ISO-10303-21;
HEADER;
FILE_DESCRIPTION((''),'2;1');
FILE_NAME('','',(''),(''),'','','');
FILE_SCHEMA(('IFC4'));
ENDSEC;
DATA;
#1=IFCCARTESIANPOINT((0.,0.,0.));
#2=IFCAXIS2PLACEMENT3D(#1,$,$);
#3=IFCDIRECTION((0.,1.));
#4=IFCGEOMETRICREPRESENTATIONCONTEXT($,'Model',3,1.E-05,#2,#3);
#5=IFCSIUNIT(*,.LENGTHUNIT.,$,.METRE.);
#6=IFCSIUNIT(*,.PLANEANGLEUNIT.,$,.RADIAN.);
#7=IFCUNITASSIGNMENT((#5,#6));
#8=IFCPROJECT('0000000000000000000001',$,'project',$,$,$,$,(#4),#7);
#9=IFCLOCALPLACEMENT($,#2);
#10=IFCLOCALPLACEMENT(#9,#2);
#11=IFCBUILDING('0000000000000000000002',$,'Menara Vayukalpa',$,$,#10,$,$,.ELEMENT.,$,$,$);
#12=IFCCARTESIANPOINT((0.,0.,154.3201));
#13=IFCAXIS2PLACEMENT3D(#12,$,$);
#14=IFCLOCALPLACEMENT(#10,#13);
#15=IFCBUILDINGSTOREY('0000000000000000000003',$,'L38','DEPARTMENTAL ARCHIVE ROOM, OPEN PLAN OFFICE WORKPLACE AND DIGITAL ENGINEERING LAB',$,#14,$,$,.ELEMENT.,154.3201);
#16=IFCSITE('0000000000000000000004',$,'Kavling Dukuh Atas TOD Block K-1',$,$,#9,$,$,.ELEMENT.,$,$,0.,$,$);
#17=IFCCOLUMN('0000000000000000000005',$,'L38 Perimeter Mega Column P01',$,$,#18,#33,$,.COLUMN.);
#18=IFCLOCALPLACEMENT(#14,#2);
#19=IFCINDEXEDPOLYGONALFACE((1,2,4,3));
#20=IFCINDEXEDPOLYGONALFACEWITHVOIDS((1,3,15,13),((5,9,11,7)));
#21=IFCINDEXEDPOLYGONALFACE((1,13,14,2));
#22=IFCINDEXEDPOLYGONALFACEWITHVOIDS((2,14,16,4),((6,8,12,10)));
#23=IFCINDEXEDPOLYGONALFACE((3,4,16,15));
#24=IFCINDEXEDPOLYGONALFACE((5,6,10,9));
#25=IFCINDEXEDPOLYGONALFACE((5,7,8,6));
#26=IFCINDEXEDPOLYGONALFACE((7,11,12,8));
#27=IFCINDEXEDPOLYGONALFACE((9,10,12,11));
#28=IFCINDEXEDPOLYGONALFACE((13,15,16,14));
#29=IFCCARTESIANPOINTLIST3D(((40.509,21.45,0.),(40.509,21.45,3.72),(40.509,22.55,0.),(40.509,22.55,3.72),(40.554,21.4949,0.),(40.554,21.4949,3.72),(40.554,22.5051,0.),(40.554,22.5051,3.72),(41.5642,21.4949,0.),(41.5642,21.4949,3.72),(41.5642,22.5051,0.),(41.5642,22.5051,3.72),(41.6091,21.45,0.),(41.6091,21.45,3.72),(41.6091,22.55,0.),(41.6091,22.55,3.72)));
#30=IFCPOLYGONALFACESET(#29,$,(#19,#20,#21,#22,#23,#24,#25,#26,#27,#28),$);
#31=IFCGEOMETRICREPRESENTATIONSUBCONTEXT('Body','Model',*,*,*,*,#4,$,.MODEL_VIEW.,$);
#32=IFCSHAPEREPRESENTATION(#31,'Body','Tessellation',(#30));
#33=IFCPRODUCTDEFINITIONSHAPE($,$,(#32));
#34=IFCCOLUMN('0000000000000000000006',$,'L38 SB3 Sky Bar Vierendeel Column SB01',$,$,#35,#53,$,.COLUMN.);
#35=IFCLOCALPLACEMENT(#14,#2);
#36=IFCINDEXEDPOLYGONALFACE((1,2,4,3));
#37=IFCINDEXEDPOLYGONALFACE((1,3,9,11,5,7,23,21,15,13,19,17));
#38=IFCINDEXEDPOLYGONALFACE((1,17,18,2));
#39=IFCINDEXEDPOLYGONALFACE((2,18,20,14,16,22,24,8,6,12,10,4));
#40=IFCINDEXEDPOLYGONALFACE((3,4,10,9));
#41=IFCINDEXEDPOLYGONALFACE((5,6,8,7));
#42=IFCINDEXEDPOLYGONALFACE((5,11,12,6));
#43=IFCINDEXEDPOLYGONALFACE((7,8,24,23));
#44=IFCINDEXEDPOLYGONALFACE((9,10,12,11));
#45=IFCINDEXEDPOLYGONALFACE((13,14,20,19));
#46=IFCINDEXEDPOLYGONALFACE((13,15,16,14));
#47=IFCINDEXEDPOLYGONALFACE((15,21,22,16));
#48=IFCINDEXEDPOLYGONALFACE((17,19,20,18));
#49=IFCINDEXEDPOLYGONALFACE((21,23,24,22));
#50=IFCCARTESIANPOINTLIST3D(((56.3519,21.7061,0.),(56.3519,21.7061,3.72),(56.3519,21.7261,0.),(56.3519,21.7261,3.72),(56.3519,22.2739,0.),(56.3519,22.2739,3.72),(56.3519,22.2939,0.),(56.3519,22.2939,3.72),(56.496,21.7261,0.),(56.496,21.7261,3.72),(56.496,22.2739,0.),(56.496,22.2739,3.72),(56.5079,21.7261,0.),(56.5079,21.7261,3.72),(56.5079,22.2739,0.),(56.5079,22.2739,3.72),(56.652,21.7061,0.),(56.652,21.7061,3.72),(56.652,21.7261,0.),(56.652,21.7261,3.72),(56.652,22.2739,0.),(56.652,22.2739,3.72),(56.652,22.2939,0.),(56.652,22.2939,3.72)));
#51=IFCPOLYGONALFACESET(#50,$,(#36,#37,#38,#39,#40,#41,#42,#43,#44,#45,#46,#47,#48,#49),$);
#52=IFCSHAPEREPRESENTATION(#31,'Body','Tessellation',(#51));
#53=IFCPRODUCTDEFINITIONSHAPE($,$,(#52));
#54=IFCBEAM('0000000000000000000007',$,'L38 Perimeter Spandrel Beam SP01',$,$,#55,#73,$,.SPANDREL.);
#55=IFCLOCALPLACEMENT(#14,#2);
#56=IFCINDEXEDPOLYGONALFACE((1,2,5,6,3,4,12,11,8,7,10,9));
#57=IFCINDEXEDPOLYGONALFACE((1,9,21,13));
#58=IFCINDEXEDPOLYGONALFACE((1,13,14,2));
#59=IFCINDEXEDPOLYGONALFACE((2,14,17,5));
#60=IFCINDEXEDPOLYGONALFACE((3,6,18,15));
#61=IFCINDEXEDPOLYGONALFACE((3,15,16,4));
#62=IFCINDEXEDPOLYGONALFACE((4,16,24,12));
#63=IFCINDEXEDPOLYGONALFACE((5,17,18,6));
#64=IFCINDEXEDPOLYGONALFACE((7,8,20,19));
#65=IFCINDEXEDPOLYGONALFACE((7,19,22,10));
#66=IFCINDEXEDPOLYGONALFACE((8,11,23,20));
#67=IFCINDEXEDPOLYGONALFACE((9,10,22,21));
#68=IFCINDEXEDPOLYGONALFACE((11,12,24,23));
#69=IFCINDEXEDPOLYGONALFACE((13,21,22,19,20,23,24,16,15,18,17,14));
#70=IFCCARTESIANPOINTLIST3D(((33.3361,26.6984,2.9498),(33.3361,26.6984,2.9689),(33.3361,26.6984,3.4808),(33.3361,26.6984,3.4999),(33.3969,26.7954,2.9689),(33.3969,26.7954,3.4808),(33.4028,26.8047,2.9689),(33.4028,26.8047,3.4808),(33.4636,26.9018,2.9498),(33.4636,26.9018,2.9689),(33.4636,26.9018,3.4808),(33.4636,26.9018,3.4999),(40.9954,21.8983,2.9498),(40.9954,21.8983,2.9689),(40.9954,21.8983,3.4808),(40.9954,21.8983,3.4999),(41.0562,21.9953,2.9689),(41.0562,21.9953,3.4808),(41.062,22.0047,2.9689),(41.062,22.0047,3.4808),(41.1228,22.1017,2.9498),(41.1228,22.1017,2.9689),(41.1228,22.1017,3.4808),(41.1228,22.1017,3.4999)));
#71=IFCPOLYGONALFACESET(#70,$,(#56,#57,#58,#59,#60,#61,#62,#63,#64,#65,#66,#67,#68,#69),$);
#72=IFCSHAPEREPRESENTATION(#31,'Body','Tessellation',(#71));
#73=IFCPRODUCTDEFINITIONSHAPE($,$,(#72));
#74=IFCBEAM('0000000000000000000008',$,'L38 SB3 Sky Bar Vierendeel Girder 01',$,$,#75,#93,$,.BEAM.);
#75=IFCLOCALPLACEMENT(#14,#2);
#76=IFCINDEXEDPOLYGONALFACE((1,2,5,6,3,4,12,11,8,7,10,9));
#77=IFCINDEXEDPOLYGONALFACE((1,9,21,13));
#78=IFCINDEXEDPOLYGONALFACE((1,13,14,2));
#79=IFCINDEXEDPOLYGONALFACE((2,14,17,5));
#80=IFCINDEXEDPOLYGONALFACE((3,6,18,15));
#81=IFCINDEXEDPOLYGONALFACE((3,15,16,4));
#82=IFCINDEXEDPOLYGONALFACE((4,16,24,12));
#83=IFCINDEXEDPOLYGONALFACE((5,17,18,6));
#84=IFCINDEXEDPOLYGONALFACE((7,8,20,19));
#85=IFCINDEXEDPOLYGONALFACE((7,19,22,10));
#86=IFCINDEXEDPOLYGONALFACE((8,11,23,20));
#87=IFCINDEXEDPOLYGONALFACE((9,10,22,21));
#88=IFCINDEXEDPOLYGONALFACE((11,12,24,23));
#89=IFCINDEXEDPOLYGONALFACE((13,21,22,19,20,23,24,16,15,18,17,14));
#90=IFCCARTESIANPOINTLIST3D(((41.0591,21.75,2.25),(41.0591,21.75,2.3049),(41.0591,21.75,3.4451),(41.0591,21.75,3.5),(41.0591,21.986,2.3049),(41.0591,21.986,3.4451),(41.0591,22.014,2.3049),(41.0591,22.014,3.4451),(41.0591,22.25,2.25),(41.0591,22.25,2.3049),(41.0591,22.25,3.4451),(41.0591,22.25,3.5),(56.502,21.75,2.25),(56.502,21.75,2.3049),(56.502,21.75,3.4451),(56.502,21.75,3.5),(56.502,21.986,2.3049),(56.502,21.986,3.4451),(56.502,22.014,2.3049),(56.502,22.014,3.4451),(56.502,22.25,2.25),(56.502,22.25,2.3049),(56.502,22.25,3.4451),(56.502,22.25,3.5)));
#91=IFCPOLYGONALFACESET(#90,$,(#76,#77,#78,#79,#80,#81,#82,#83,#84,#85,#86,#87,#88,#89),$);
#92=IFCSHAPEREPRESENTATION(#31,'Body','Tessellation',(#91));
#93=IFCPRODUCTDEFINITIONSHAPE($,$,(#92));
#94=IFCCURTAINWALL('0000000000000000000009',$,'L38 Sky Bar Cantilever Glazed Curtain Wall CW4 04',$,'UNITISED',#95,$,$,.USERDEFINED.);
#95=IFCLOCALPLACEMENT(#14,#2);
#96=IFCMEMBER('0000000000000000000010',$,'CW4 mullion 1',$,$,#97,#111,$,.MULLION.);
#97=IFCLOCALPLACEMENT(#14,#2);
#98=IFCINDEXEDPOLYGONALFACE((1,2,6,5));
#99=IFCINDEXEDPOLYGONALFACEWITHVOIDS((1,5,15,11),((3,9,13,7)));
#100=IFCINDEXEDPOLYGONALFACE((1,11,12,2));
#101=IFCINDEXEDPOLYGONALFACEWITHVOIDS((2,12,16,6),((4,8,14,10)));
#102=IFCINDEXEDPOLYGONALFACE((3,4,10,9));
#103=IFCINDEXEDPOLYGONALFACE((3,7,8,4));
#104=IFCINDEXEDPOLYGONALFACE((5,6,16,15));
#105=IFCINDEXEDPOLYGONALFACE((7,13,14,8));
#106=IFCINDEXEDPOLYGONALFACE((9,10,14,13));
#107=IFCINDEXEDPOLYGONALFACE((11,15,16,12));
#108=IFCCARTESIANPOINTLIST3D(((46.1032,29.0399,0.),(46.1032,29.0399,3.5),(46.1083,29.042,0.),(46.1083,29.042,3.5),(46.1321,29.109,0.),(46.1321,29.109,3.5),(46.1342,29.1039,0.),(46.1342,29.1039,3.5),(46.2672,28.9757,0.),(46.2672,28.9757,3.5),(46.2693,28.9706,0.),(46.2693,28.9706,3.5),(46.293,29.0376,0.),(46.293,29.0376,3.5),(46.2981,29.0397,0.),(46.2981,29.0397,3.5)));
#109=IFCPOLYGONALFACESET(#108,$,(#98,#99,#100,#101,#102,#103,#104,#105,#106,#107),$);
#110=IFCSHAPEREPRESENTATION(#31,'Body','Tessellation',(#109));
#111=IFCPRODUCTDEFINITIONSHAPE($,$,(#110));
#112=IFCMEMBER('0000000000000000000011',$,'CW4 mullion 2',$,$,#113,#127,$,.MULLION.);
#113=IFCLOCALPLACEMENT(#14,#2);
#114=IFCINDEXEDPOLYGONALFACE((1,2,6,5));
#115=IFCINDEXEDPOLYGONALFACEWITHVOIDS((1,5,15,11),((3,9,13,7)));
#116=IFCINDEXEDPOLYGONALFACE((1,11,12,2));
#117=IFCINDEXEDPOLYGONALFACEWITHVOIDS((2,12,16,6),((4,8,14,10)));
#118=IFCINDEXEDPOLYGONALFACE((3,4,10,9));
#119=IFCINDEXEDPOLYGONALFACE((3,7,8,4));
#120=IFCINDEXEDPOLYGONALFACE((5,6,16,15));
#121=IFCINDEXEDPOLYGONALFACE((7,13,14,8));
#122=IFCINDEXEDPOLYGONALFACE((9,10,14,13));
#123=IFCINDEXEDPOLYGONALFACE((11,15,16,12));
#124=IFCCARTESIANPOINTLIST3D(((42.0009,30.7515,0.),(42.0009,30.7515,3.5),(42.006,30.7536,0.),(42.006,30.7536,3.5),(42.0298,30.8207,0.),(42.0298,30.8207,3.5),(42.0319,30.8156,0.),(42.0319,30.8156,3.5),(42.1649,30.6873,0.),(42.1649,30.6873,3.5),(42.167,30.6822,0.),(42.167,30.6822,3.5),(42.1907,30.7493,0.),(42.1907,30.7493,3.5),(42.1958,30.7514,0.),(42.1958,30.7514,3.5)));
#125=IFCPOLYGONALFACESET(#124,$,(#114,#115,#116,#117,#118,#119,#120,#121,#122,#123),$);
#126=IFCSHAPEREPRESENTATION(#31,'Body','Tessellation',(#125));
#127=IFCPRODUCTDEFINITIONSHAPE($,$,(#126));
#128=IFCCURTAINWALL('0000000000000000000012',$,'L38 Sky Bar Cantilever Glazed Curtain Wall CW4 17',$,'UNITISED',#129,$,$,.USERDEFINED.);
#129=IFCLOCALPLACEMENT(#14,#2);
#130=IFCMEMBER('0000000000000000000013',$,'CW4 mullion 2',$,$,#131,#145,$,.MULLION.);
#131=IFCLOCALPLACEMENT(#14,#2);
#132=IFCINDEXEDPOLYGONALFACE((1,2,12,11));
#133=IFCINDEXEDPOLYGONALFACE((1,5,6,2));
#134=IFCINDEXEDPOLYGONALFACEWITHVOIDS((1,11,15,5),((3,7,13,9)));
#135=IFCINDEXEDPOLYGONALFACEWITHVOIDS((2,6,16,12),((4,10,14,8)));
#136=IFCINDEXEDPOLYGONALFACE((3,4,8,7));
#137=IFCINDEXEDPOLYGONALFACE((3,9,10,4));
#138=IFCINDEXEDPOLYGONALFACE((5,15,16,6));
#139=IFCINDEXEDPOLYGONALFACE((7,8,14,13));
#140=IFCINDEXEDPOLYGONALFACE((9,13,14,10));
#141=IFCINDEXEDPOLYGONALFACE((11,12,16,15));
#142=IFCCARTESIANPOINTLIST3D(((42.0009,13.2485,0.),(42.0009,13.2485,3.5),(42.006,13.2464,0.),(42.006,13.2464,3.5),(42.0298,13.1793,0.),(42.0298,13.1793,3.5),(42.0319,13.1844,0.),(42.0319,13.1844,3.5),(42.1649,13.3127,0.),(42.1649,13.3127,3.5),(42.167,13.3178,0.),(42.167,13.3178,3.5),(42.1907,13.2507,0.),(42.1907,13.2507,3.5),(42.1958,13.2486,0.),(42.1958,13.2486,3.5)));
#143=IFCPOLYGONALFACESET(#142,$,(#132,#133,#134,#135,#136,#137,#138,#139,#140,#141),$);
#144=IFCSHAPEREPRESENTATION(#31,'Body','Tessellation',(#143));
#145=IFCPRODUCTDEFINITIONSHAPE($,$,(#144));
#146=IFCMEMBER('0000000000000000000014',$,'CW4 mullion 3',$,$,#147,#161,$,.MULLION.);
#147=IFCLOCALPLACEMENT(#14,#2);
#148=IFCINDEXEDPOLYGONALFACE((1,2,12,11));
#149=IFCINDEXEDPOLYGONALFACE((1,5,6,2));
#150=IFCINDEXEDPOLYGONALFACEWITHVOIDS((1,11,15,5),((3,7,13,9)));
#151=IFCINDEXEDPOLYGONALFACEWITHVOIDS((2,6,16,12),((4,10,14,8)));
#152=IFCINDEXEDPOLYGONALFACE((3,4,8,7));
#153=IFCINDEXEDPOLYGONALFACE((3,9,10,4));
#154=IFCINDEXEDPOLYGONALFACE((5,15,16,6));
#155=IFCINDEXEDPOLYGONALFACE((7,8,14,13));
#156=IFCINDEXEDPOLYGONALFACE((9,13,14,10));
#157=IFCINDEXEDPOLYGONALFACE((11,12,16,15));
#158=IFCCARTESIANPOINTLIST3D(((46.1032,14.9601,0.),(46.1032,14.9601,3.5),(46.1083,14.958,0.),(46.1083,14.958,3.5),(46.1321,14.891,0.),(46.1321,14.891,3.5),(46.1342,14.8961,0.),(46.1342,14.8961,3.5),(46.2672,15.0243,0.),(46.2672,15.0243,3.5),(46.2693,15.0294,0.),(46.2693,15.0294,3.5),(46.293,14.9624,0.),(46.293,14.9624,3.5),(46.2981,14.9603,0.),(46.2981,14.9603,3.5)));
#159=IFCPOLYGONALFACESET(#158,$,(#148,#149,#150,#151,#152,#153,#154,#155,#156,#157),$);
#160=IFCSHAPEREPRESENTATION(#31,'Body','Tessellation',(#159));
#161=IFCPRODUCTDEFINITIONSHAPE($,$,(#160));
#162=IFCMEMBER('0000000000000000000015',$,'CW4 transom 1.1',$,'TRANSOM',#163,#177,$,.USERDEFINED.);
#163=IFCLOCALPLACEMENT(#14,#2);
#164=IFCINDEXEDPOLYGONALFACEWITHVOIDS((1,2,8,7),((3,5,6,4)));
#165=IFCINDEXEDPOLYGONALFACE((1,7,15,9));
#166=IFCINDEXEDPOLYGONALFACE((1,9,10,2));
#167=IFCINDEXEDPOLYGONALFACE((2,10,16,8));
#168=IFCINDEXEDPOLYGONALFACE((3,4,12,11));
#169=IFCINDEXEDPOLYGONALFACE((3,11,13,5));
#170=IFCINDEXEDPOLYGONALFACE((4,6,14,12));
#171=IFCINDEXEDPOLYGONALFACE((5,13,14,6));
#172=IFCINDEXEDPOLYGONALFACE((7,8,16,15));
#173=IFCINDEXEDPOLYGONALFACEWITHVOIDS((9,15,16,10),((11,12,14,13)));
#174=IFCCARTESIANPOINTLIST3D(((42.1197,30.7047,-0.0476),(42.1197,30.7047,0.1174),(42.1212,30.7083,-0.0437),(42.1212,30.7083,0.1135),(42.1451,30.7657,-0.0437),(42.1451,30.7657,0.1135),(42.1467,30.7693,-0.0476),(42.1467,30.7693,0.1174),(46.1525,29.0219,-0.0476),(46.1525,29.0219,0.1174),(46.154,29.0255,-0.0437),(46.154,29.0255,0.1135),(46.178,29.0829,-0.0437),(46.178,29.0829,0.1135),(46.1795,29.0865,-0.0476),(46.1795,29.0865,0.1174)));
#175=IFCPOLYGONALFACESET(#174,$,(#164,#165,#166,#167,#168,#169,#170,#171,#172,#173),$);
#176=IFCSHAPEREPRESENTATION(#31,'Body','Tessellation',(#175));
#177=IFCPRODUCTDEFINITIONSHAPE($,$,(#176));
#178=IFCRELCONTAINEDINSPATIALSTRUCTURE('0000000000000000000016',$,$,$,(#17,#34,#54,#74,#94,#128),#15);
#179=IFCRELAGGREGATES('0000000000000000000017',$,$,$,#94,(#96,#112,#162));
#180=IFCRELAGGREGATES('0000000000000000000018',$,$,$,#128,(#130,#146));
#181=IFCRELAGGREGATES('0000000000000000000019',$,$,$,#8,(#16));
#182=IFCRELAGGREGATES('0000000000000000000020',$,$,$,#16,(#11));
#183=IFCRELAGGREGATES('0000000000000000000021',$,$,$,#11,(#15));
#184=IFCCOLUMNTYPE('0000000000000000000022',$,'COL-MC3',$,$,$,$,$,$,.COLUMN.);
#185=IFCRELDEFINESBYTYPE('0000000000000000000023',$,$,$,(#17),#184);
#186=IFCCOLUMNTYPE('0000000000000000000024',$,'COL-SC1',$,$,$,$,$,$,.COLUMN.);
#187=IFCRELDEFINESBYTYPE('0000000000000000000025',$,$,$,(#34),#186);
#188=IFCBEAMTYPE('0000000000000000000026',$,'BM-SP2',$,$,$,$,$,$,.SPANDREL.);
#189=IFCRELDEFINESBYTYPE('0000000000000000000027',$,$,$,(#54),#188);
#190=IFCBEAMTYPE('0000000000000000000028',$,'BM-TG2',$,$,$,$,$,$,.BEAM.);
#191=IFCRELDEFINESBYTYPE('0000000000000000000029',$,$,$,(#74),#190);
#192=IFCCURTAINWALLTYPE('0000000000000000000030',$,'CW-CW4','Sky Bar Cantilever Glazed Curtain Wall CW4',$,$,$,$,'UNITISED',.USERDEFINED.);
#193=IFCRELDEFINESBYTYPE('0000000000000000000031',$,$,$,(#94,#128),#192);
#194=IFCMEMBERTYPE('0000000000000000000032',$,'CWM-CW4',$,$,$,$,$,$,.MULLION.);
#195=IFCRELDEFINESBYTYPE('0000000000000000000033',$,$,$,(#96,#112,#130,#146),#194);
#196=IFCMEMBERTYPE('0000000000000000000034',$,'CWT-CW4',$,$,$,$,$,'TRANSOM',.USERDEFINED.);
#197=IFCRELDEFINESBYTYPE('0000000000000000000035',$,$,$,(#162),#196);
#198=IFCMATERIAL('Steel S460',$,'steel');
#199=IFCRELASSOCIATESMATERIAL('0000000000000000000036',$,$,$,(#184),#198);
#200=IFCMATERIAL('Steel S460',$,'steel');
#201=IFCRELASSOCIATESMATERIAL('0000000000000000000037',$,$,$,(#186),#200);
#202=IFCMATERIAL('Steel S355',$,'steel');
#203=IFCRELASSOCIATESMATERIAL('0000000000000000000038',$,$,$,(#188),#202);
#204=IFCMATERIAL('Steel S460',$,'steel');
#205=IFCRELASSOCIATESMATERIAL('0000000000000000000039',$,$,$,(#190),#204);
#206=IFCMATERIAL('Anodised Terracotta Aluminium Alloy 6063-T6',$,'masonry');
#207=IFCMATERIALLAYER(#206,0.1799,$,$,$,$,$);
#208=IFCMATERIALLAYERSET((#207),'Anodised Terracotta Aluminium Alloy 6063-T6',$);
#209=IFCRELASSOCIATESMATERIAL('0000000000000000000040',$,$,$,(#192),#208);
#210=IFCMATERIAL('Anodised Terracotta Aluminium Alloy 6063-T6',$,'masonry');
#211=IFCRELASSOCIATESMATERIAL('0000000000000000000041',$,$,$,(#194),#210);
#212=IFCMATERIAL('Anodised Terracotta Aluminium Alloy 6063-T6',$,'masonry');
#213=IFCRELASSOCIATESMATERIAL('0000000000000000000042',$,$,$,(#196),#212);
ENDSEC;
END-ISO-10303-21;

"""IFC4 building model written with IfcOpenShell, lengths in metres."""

from ifc_helpers import new_model, si_unit, direction, frame, origin, origin_2d, place, context, subcontext, project, spatial, hollow_rectangle, i_section, extrude, material, layer, layer_set, material_profile, profile_set, type_object, element, aggregate, save


model = new_model("IFC4")

# Units and contexts
model_context = context("Model", 3, precision=1e-05, world=origin(), true_north=direction((0.0, 1.0)))
body_context = subcontext(model_context, "Body", "Model", "MODEL_VIEW")
ifc_project = project(units=[si_unit("LENGTHUNIT", "METRE"), si_unit("PLANEANGLEUNIT", "RADIAN")], contexts=[model_context])

# Site, building, storey
site_placement = place(None, origin())
site = spatial("IfcSite", under=ifc_project, at=site_placement, Name="Kavling Dukuh Atas TOD Block K-1", CompositionType="ELEMENT", RefElevation=0.0)
building_placement = place(site_placement, origin())
building = spatial("IfcBuilding", under=site, at=building_placement, Name="Menara Vayukalpa", CompositionType="ELEMENT")
storey_placement = place(building_placement, frame((0.0, 0.0, 154.3201)))
storey = spatial("IfcBuildingStorey", under=building, at=storey_placement, Name="L38", Description="DEPARTMENTAL ARCHIVE ROOM, OPEN PLAN OFFICE WORKPLACE AND DIGITAL ENGINEERING LAB", CompositionType="ELEMENT", Elevation=154.3201)

# Columns
ifc_material_1 = material(Name="Steel S460", Category="steel")
ifc_material_profile_1 = material_profile(ifc_material_1, hollow_rectangle(XDim=1.1001, YDim=1.1001, WallThickness=0.0449, at=origin_2d()), Name="BOX 1100x1100x45")
ifc_profile_set_1 = profile_set([ifc_material_profile_1], Name="Steel S460")
column_type_1 = type_object("IfcColumnType", Name="COL-MC3", PredefinedType="COLUMN", material=ifc_profile_set_1)
column_1_placement = place(storey_placement, frame((41.0591, 22.0, 0.0), z_axis=(0.0, 0.0, 1.0), x_axis=(1.0, 0.0, 0.0)))
element("IfcColumn", 1, at=column_1_placement, inside=storey, type_object=column_type_1, Name="L38 Perimeter Mega Column P01", PredefinedType="COLUMN", context=body_context, shape_type="SweptSolid", body=[
    extrude(hollow_rectangle(XDim=1.1001, YDim=1.1001, WallThickness=0.0449, at=origin_2d()), origin(), (0.0, 0.0, 1.0), 3.72),
])
ifc_material_2 = material(Name="Steel S460", Category="steel")
ifc_material_profile_2 = material_profile(ifc_material_2, i_section(OverallWidth=0.3, OverallDepth=0.5879, WebThickness=0.012, FlangeThickness=0.02, at=origin_2d()), Name="H 588x300x12x20")
ifc_profile_set_2 = profile_set([ifc_material_profile_2], Name="Steel S460")
column_type_2 = type_object("IfcColumnType", Name="COL-SC1", PredefinedType="COLUMN", material=ifc_profile_set_2)
column_2_placement = place(storey_placement, frame((56.502, 22.0, 0.0), z_axis=(0.0, 0.0, 1.0), x_axis=(1.0, 0.0, 0.0)))
element("IfcColumn", 2, at=column_2_placement, inside=storey, type_object=column_type_2, Name="L38 SB3 Sky Bar Vierendeel Column SB01", PredefinedType="COLUMN", context=body_context, shape_type="SweptSolid", body=[
    extrude(i_section(OverallWidth=0.3, OverallDepth=0.5879, WebThickness=0.012, FlangeThickness=0.02, at=origin_2d()), origin(), (0.0, 0.0, 1.0), 3.72),
])

# Beams
ifc_material_3 = material(Name="Steel S355", Category="steel")
ifc_material_profile_3 = material_profile(ifc_material_3, i_section(OverallWidth=0.24, OverallDepth=0.55, WebThickness=0.011, FlangeThickness=0.019, at=origin_2d()), Name="WF 550x240x11x19")
ifc_profile_set_3 = profile_set([ifc_material_profile_3], Name="Steel S355")
beam_type_1 = type_object("IfcBeamType", Name="BM-SP2", PredefinedType="SPANDREL", material=ifc_profile_set_3)
beam_1_placement = place(storey_placement, frame((41.0591, 22.0, 3.2249), z_axis=(-0.847348, 0.531038, 0.0), x_axis=(-0.531038, -0.847348, 0.0)))
element("IfcBeam", 3, at=beam_1_placement, inside=storey, type_object=beam_type_1, Name="L38 Perimeter Spandrel Beam SP01", PredefinedType="SPANDREL", context=body_context, shape_type="SweptSolid", body=[
    extrude(i_section(OverallWidth=0.24, OverallDepth=0.55, WebThickness=0.011, FlangeThickness=0.019, at=origin_2d()), origin(), (0.0, 0.0, 1.0), 9.0391),
])
ifc_material_4 = material(Name="Steel S460", Category="steel")
ifc_material_profile_4 = material_profile(ifc_material_4, i_section(OverallWidth=0.5, OverallDepth=1.25, WebThickness=0.0281, FlangeThickness=0.0549, at=origin_2d()), Name="WG 1250x500x28x55")
ifc_profile_set_4 = profile_set([ifc_material_profile_4], Name="Steel S460")
beam_type_2 = type_object("IfcBeamType", Name="BM-TG2", PredefinedType="BEAM", material=ifc_profile_set_4)
beam_2_placement = place(storey_placement, frame((41.0591, 22.0, 2.875), z_axis=(1.0, 0.0, 0.0), x_axis=(0.0, 1.0, 0.0)))
element("IfcBeam", 4, at=beam_2_placement, inside=storey, type_object=beam_type_2, Name="L38 SB3 Sky Bar Vierendeel Girder 01", PredefinedType="BEAM", context=body_context, shape_type="SweptSolid", body=[
    extrude(i_section(OverallWidth=0.5, OverallDepth=1.25, WebThickness=0.0281, FlangeThickness=0.0549, at=origin_2d()), origin(), (0.0, 0.0, 1.0), 15.4429),
])

# Curtain walls, members
ifc_material_5 = material(Name="Anodised Terracotta Aluminium Alloy 6063-T6", Category="masonry")
ifc_layer_1 = layer(ifc_material_5, 0.1799)
ifc_layer_set_1 = layer_set([ifc_layer_1], Name="Anodised Terracotta Aluminium Alloy 6063-T6")
curtain_wall_type = type_object("IfcCurtainWallType", Name="CW-CW4", Description="Sky Bar Cantilever Glazed Curtain Wall CW4", ElementType="UNITISED", PredefinedType="USERDEFINED", material=ifc_layer_set_1)
curtain_wall_1_placement = place(storey_placement, origin())
curtain_wall_1 = element("IfcCurtainWall", 5, at=curtain_wall_1_placement, inside=storey, type_object=curtain_wall_type, Name="L38 Sky Bar Cantilever Glazed Curtain Wall CW4 04", ObjectType="UNITISED", PredefinedType="USERDEFINED")
ifc_material_6 = material(Name="Anodised Terracotta Aluminium Alloy 6063-T6", Category="masonry")
ifc_material_profile_5 = material_profile(ifc_material_6, hollow_rectangle(XDim=0.075, YDim=0.1799, WallThickness=0.0039, at=origin_2d()), Name="ALU 75x180x4")
ifc_profile_set_5 = profile_set([ifc_material_profile_5], Name="Anodised Terracotta Aluminium Alloy 6063-T6")
member_type_1 = type_object("IfcMemberType", Name="CWM-CW4", PredefinedType="MULLION", material=ifc_profile_set_5)
member_1_placement = place(storey_placement, frame((46.2007, 29.0398, 0.0), z_axis=(0.0, 0.0, 1.0), x_axis=(-0.385091, -0.922878, 0.0)))
member_1 = element("IfcMember", 6, at=member_1_placement, type_object=member_type_1, Name="CW4 mullion 1", PredefinedType="MULLION", context=body_context, shape_type="SweptSolid", body=[
    extrude(hollow_rectangle(XDim=0.075, YDim=0.1799, WallThickness=0.0039, at=origin_2d()), origin(), (0.0, 0.0, 1.0), 3.5),
])
member_2_placement = place(storey_placement, frame((42.0984, 30.7515, 0.0), z_axis=(0.0, 0.0, 1.0), x_axis=(-0.385091, -0.922878, 0.0)))
member_2 = element("IfcMember", 7, at=member_2_placement, type_object=member_type_1, Name="CW4 mullion 2", PredefinedType="MULLION", context=body_context, shape_type="SweptSolid", body=[
    extrude(hollow_rectangle(XDim=0.075, YDim=0.1799, WallThickness=0.0039, at=origin_2d()), origin(), (0.0, 0.0, 1.0), 3.5),
])
curtain_wall_2_placement = place(storey_placement, origin())
curtain_wall_2 = element("IfcCurtainWall", 8, at=curtain_wall_2_placement, inside=storey, type_object=curtain_wall_type, Name="L38 Sky Bar Cantilever Glazed Curtain Wall CW4 17", ObjectType="UNITISED", PredefinedType="USERDEFINED")
member_3_placement = place(storey_placement, frame((42.0984, 13.2485, 0.0), z_axis=(0.0, 0.0, 1.0), x_axis=(-0.385091, 0.922878, 0.0)))
member_3 = element("IfcMember", 9, at=member_3_placement, type_object=member_type_1, Name="CW4 mullion 2", PredefinedType="MULLION", context=body_context, shape_type="SweptSolid", body=[
    extrude(hollow_rectangle(XDim=0.075, YDim=0.1799, WallThickness=0.0039, at=origin_2d()), origin(), (0.0, 0.0, 1.0), 3.5),
])
member_4_placement = place(storey_placement, frame((46.2007, 14.9602, 0.0), z_axis=(0.0, 0.0, 1.0), x_axis=(-0.385091, 0.922878, 0.0)))
member_4 = element("IfcMember", 10, at=member_4_placement, type_object=member_type_1, Name="CW4 mullion 3", PredefinedType="MULLION", context=body_context, shape_type="SweptSolid", body=[
    extrude(hollow_rectangle(XDim=0.075, YDim=0.1799, WallThickness=0.0039, at=origin_2d()), origin(), (0.0, 0.0, 1.0), 3.5),
])

# Member
ifc_material_7 = material(Name="Anodised Terracotta Aluminium Alloy 6063-T6", Category="masonry")
ifc_material_profile_6 = material_profile(ifc_material_7, hollow_rectangle(XDim=0.0701, YDim=0.165, WallThickness=0.0039, at=origin_2d()), Name="ALU 70x165x4")
ifc_profile_set_6 = profile_set([ifc_material_profile_6], Name="Anodised Terracotta Aluminium Alloy 6063-T6")
member_type_2 = type_object("IfcMemberType", Name="CWT-CW4", ElementType="TRANSOM", PredefinedType="USERDEFINED", material=ifc_profile_set_6)
member_5_placement = place(storey_placement, frame((46.166, 29.0542, 0.0349), z_axis=(-0.922877, 0.385095, 0.0), x_axis=(-0.385095, -0.922877, 0.0)))
member_5 = element("IfcMember", 11, at=member_5_placement, type_object=member_type_2, Name="CW4 transom 1.1", ObjectType="TRANSOM", PredefinedType="USERDEFINED", context=body_context, shape_type="SweptSolid", body=[
    extrude(hollow_rectangle(XDim=0.0701, YDim=0.165, WallThickness=0.0039, at=origin_2d()), origin(), (0.0, 0.0, 1.0), 4.3699),
])

aggregate(curtain_wall_1, [member_1, member_2, member_5])
aggregate(curtain_wall_2, [member_3, member_4])

save(model, "model.ifc")
